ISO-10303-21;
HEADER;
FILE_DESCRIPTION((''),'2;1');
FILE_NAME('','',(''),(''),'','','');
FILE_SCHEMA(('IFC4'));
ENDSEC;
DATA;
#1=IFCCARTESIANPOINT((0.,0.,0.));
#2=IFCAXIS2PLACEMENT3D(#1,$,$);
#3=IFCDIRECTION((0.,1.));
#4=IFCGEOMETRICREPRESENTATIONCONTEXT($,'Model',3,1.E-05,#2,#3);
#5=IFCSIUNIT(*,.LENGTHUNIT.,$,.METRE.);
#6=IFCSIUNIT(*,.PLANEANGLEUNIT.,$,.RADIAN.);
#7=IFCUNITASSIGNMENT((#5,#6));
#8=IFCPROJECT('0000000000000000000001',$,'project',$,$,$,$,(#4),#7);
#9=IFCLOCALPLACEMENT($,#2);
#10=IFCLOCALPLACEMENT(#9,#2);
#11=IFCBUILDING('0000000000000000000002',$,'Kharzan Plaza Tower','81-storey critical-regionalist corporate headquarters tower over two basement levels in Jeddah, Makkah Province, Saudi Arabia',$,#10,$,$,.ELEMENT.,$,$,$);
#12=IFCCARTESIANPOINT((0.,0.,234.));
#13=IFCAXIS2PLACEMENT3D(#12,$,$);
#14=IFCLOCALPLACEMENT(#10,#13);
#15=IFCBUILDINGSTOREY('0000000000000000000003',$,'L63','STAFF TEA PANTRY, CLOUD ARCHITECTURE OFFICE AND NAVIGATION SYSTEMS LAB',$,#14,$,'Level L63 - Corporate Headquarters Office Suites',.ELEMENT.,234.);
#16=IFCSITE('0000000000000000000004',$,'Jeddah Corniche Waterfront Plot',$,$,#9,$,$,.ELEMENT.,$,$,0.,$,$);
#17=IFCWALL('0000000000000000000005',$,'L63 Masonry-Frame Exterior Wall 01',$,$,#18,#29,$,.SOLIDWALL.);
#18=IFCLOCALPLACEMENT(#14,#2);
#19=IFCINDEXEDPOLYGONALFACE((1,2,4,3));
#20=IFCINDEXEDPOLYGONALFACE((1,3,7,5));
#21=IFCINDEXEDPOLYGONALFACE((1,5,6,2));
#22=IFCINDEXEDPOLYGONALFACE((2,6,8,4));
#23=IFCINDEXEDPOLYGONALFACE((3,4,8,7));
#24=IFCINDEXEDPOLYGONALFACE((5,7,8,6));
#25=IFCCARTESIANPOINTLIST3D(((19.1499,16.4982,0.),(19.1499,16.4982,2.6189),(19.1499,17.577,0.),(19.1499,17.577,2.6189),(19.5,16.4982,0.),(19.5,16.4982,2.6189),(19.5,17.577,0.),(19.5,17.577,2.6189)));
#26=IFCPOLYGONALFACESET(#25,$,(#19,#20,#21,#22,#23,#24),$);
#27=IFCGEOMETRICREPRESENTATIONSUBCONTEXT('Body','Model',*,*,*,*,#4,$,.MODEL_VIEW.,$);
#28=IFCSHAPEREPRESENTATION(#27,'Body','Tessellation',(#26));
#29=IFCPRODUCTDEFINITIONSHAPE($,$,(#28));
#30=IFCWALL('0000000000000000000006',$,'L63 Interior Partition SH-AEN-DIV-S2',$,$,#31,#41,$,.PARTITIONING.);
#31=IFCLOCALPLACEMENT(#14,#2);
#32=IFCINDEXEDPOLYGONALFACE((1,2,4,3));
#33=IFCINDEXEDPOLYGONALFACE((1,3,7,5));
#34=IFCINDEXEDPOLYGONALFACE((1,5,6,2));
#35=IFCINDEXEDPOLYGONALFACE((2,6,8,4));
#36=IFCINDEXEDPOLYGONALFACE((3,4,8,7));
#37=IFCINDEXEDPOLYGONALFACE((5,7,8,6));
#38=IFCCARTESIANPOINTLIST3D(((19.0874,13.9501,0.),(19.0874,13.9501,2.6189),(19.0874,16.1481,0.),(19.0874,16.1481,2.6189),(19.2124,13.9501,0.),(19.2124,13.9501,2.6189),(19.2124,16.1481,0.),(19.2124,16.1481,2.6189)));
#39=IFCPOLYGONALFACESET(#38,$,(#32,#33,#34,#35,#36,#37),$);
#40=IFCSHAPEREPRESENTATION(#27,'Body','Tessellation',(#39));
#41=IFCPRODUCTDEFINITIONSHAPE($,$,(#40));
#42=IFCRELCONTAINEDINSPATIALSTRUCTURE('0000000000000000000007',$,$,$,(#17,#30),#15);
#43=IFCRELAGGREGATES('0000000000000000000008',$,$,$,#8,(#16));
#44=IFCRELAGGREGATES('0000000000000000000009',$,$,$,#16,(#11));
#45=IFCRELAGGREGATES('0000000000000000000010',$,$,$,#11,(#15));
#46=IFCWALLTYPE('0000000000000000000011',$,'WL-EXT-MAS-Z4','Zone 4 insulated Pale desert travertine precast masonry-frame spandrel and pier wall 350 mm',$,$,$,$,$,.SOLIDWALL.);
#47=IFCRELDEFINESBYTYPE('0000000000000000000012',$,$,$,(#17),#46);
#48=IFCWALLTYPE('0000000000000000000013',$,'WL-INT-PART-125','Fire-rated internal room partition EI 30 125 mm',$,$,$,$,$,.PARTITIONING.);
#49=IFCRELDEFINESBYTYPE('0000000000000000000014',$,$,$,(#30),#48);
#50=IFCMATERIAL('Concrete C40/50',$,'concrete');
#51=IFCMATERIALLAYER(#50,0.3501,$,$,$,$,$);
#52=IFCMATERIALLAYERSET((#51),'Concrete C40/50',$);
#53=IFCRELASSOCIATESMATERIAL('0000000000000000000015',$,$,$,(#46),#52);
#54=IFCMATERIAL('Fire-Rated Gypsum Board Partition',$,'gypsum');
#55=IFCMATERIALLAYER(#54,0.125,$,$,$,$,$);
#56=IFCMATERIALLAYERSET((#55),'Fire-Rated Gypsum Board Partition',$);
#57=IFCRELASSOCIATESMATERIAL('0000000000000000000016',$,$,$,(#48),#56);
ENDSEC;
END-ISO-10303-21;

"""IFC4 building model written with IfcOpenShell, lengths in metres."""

from ifc_helpers import new_model, si_unit, direction, frame, frame_2d, origin, place, context, subcontext, project, spatial, rectangle, extrude, source, transform, mapped, material, layer, layer_set, type_object, element, save


model = new_model("IFC4")

# Units and contexts
model_context = context("Model", 3, precision=1e-05, world=origin(), true_north=direction((0.0, 1.0)))
body_context = subcontext(model_context, "Body", "Model", "MODEL_VIEW")
ifc_project = project(units=[si_unit("LENGTHUNIT", "METRE"), si_unit("PLANEANGLEUNIT", "RADIAN")], contexts=[model_context])

# Site, building, storey
site_placement = place(None, origin())
site = spatial("IfcSite", under=ifc_project, at=site_placement, Name="Jeddah Corniche Waterfront Plot", CompositionType="ELEMENT", RefElevation=0.0)
building_placement = place(site_placement, origin())
building = spatial("IfcBuilding", under=site, at=building_placement, Name="Kharzan Plaza Tower", Description="81-storey critical-regionalist corporate headquarters tower over two basement levels in Jeddah, Makkah Province, Saudi Arabia", CompositionType="ELEMENT")
storey_placement = place(building_placement, frame((0.0, 0.0, 234.0)))
storey = spatial("IfcBuildingStorey", under=building, at=storey_placement, Name="L63", Description="STAFF TEA PANTRY, CLOUD ARCHITECTURE OFFICE AND NAVIGATION SYSTEMS LAB", LongName="Level L63 - Corporate Headquarters Office Suites", CompositionType="ELEMENT", Elevation=234.0)

# Shared definitions
ifc_material_1 = material(Name="Concrete C40/50", Category="concrete")
ifc_layer_1 = layer(ifc_material_1, 0.3501)
ifc_layer_set_1 = layer_set([ifc_layer_1], Name="Concrete C40/50")
wall_type_1 = type_object("IfcWallType", Name="WL-EXT-MAS-Z4", Description="Zone 4 insulated Pale desert travertine precast masonry-frame spandrel and pier wall 350 mm", PredefinedType="SOLIDWALL", material=ifc_layer_set_1)

# Shared definitions
ifc_material_2 = material(Name="Fire-Rated Gypsum Board Partition", Category="gypsum")
ifc_layer_2 = layer(ifc_material_2, 0.125)
ifc_layer_set_2 = layer_set([ifc_layer_2], Name="Fire-Rated Gypsum Board Partition")
wall_type_2 = type_object("IfcWallType", Name="WL-INT-PART-125", Description="Fire-rated internal room partition EI 30 125 mm", PredefinedType="PARTITIONING", material=ifc_layer_set_2)

# Walls
shared_shape_1 = source(origin(), body_context, "Body", "SweptSolid", [
    extrude(rectangle(XDim=1.0789, YDim=0.3501, at=frame_2d((0.5396, 0.0))), origin(), (0.0, 0.0, 1.0), 2.6189),
])
wall_1_placement = place(storey_placement, frame((19.325, 16.498, 0.0), z_axis=(0.0, 0.0, 1.0), x_axis=(0.0, 1.0, 0.0)))
element("IfcWall", 1, at=wall_1_placement, inside=storey, type_object=wall_type_1, Name="L63 Masonry-Frame Exterior Wall 01", PredefinedType="SOLIDWALL", context=body_context, shape_type="MappedRepresentation", body=[
    mapped(shared_shape_1, transform((0.0, 0.0, 0.0), x_axis=(1.0, 0.0, 0.0), y_axis=(0.0, 1.0, 0.0), z_axis=(0.0, 0.0, 1.0))),
])
shared_shape_2 = source(origin(), body_context, "Body", "SweptSolid", [
    extrude(rectangle(XDim=2.198, YDim=0.125, at=frame_2d((1.0991, 0.0))), origin(), (0.0, 0.0, 1.0), 2.6189),
])
wall_2_placement = place(storey_placement, frame((19.1499, 13.95, 0.0), z_axis=(0.0, 0.0, 1.0), x_axis=(0.0, 1.0, 0.0)))
element("IfcWall", 2, at=wall_2_placement, inside=storey, type_object=wall_type_2, Name="L63 Interior Partition SH-AEN-DIV-S2", PredefinedType="PARTITIONING", context=body_context, shape_type="MappedRepresentation", body=[
    mapped(shared_shape_2, transform((0.0, 0.0, 0.0), x_axis=(1.0, 0.0, 0.0), y_axis=(0.0, 1.0, 0.0), z_axis=(0.0, 0.0, 1.0))),
])

save(model, "model.ifc")
